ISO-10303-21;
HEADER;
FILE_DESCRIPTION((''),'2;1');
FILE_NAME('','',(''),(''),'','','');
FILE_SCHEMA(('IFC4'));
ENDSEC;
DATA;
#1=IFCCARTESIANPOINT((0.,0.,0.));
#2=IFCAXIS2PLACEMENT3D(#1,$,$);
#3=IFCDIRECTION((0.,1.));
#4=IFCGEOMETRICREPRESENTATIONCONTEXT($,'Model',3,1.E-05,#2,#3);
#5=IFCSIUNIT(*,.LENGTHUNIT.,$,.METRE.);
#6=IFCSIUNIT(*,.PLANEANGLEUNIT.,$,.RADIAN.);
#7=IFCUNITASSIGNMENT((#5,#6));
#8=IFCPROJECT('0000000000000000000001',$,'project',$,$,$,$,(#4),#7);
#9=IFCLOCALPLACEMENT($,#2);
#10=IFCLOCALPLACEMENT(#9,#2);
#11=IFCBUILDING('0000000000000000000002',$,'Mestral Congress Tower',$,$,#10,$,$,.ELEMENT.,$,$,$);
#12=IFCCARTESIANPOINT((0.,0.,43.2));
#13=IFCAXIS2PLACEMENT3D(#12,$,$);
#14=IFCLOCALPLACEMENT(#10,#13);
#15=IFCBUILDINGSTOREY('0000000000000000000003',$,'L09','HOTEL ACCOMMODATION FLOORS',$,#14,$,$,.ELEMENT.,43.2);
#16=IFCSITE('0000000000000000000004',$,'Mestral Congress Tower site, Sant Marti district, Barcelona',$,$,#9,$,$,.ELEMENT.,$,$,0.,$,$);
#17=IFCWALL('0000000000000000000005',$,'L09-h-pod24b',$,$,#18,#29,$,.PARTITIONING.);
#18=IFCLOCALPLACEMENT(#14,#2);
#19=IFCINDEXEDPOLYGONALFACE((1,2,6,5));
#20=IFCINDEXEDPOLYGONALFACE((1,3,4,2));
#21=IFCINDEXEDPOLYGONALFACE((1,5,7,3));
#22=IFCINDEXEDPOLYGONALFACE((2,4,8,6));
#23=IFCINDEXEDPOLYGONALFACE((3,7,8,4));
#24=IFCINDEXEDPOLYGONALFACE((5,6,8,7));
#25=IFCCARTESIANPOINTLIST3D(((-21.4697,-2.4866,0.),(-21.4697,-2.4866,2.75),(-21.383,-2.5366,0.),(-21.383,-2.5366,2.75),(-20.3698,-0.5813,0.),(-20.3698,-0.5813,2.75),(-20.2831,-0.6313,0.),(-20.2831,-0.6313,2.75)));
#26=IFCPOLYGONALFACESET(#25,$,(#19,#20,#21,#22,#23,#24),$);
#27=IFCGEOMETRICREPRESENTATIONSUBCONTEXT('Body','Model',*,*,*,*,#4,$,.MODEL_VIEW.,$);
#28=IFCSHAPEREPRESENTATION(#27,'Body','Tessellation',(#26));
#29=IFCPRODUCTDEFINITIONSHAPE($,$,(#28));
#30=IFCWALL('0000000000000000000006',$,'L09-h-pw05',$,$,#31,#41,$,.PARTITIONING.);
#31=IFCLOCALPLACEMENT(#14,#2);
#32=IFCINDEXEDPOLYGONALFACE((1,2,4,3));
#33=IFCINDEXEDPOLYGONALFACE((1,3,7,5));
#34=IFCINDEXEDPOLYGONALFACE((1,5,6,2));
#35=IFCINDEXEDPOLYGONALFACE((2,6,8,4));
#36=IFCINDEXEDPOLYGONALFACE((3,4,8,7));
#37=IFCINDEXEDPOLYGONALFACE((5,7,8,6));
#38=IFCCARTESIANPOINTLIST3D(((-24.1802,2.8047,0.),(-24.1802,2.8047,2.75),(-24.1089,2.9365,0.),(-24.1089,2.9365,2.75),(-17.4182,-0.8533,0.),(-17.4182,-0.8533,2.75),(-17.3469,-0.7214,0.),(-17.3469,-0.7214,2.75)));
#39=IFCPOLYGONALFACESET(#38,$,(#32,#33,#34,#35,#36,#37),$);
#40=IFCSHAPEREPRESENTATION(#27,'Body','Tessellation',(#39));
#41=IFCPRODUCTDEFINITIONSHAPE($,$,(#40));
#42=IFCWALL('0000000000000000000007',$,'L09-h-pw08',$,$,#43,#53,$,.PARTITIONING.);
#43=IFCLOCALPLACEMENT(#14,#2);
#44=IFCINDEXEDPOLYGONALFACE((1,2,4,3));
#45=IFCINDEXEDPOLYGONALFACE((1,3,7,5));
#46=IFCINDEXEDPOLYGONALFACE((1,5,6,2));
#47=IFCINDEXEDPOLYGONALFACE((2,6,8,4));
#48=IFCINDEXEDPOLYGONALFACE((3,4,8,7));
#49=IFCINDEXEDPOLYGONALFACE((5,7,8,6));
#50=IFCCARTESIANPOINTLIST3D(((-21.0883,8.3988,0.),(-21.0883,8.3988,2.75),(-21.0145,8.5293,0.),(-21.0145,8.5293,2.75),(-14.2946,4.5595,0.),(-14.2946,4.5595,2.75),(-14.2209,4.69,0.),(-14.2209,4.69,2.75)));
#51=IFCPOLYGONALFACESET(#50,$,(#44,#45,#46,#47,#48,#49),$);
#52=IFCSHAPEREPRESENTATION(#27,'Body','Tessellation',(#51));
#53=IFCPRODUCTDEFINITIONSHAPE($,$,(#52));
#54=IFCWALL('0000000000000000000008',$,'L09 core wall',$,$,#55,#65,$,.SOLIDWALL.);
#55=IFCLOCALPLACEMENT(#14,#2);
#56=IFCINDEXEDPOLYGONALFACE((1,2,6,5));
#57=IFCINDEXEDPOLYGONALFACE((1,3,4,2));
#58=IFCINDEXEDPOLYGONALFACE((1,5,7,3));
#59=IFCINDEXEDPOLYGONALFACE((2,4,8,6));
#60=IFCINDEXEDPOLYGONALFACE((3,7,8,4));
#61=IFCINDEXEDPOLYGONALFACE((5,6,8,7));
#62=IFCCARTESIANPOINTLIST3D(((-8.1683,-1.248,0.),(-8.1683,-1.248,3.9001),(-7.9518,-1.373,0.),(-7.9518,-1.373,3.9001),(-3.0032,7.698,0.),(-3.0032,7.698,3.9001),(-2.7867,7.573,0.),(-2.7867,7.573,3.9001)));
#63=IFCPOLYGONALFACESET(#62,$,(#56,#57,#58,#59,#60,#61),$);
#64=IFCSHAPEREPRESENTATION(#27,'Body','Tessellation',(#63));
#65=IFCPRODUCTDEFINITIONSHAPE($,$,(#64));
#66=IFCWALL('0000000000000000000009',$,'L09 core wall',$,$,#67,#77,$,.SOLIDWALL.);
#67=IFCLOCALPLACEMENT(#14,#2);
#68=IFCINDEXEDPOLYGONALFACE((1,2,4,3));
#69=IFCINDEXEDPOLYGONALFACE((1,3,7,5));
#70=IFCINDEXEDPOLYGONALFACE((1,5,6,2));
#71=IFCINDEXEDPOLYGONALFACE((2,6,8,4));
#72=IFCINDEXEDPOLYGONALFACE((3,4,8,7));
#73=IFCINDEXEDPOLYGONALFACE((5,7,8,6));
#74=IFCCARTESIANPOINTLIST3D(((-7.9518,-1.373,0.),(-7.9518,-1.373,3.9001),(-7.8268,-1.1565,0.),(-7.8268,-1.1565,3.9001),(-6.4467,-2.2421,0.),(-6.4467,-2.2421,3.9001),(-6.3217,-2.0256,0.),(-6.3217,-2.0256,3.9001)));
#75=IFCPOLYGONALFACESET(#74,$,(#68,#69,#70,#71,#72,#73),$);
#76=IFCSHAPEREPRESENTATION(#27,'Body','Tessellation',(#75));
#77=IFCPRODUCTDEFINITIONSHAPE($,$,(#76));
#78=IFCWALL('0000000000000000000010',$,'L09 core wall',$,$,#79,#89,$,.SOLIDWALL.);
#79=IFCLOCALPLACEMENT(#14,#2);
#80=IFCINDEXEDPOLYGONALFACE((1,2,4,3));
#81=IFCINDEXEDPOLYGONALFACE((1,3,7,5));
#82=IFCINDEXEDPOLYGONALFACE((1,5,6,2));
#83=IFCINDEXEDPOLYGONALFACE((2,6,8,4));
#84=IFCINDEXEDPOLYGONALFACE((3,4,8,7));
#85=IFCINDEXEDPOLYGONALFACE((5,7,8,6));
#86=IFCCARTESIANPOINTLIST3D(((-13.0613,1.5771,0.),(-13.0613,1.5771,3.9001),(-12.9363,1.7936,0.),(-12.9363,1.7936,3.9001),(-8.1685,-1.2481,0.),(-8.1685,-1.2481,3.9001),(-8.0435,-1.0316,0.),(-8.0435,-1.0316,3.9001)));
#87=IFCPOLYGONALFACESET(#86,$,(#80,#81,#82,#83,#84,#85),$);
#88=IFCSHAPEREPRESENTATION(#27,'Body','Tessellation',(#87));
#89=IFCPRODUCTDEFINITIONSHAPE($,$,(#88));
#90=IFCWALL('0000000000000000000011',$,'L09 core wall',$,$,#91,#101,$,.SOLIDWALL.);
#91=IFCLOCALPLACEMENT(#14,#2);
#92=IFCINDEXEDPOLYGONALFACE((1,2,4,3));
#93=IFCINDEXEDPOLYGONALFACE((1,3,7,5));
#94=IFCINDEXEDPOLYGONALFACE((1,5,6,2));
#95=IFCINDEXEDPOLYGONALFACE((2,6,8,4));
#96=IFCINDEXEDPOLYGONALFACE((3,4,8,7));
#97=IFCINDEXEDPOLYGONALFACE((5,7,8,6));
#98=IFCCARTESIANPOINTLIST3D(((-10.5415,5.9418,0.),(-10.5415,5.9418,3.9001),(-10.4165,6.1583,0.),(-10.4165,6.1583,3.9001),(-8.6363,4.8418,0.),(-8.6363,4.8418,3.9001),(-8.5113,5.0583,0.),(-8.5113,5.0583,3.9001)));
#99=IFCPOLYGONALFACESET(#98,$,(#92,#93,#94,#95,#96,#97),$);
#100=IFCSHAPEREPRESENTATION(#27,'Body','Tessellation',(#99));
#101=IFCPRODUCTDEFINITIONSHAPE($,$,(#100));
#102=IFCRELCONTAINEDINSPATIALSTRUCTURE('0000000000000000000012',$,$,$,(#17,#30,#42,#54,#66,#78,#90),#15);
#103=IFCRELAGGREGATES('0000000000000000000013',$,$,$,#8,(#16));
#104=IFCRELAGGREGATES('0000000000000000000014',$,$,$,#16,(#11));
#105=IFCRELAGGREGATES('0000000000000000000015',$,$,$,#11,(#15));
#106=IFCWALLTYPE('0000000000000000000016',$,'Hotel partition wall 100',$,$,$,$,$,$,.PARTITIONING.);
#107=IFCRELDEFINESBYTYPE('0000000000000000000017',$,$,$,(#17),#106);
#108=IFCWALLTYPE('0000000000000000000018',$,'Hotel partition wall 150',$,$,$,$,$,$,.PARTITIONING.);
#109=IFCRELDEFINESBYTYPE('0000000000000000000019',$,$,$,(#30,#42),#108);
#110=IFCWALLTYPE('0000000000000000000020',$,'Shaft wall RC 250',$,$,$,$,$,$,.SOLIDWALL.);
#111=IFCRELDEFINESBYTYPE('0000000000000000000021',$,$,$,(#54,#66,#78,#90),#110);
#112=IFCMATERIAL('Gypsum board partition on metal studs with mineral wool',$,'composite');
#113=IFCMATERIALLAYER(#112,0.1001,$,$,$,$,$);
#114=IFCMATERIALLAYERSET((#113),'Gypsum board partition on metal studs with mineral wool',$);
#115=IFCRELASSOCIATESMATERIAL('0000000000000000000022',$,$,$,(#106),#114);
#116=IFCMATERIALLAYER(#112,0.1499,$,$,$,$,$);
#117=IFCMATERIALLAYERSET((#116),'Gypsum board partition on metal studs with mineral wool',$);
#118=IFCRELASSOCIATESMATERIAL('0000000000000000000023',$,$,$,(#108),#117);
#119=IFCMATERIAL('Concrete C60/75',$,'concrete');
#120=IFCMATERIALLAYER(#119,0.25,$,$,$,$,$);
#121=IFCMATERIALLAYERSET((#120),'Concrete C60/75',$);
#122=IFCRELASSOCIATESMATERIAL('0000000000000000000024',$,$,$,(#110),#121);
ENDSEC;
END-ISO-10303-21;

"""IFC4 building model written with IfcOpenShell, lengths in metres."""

from ifc_helpers import new_model, si_unit, direction, frame, frame_2d, origin, place, context, subcontext, project, spatial, rectangle, extrude, material, layer, layer_set, type_object, element, save


model = new_model("IFC4")

# Units and contexts
model_context = context("Model", 3, precision=1e-05, world=origin(), true_north=direction((0.0, 1.0)))
body_context = subcontext(model_context, "Body", "Model", "MODEL_VIEW")
ifc_project = project(units=[si_unit("LENGTHUNIT", "METRE"), si_unit("PLANEANGLEUNIT", "RADIAN")], contexts=[model_context])

# Site, building, storey
site_placement = place(None, origin())
site = spatial("IfcSite", under=ifc_project, at=site_placement, Name="Mestral Congress Tower site, Sant Marti district, Barcelona", CompositionType="ELEMENT", RefElevation=0.0)
building_placement = place(site_placement, origin())
building = spatial("IfcBuilding", under=site, at=building_placement, Name="Mestral Congress Tower", CompositionType="ELEMENT")
storey_placement = place(building_placement, frame((0.0, 0.0, 43.2)))
storey = spatial("IfcBuildingStorey", under=building, at=storey_placement, Name="L09", Description="HOTEL ACCOMMODATION FLOORS", CompositionType="ELEMENT", Elevation=43.2)

# Shared definitions
ifc_material_1 = material(Name="Concrete C60/75", Category="concrete")

# Shared definitions
ifc_material_2 = material(Name="Gypsum board partition on metal studs with mineral wool", Category="composite")
ifc_layer_1 = layer(ifc_material_2, 0.1001)
ifc_layer_set_1 = layer_set([ifc_layer_1], Name="Gypsum board partition on metal studs with mineral wool")
wall_type_1 = type_object("IfcWallType", Name="Hotel partition wall 100", PredefinedType="PARTITIONING", material=ifc_layer_set_1)

# Walls
wall_1_placement = place(storey_placement, frame((-20.3264, -0.6062, 0.0), z_axis=(0.0, 0.0, 1.0), x_axis=(-0.499947, -0.866056, 0.0)))
element("IfcWall", 1, at=wall_1_placement, inside=storey, type_object=wall_type_1, Name="L09-h-pod24b", PredefinedType="PARTITIONING", context=body_context, shape_type="SweptSolid", body=[
    extrude(rectangle(XDim=2.2, YDim=0.1001, at=frame_2d((1.1001, 0.0))), origin(), (0.0, 0.0, 1.0), 2.75),
])
ifc_layer_2 = layer(ifc_material_2, 0.1499)
ifc_layer_set_2 = layer_set([ifc_layer_2], Name="Gypsum board partition on metal studs with mineral wool")
wall_type_2 = type_object("IfcWallType", Name="Hotel partition wall 150", PredefinedType="PARTITIONING", material=ifc_layer_set_2)
wall_2_placement = place(storey_placement, frame((-24.1445, 2.8706, 0.0), z_axis=(0.0, 0.0, 1.0), x_axis=(0.879552, -0.475803, 0.0)))
element("IfcWall", 2, at=wall_2_placement, inside=storey, type_object=wall_type_2, Name="L09-h-pw05", PredefinedType="PARTITIONING", context=body_context, shape_type="SweptSolid", body=[
    extrude(rectangle(XDim=7.688, YDim=0.1499, at=frame_2d((3.844, 0.0))), origin(), (0.0, 0.0, 1.0), 2.75),
])
wall_3_placement = place(storey_placement, frame((-21.0515, 8.4641, 0.0), z_axis=(0.0, 0.0, 1.0), x_axis=(0.870594, -0.492003, 0.0)))
element("IfcWall", 3, at=wall_3_placement, inside=storey, type_object=wall_type_2, Name="L09-h-pw08", PredefinedType="PARTITIONING", context=body_context, shape_type="SweptSolid", body=[
    extrude(rectangle(XDim=7.8035, YDim=0.1499, at=frame_2d((3.9019, 0.0))), origin(), (0.0, 0.0, 1.0), 2.75),
])
ifc_layer_3 = layer(ifc_material_1, 0.25)
ifc_layer_set_3 = layer_set([ifc_layer_3], Name="Concrete C60/75")
wall_type_3 = type_object("IfcWallType", Name="Shaft wall RC 250", PredefinedType="SOLIDWALL", material=ifc_layer_set_3)
wall_4_placement = place(storey_placement, frame((-8.0601, -1.3105, 0.0), z_axis=(0.0, 0.0, 1.0), x_axis=(0.500003, 0.866024, 0.0)))
element("IfcWall", 4, at=wall_4_placement, inside=storey, type_object=wall_type_3, Name="L09 core wall", PredefinedType="SOLIDWALL", context=body_context, shape_type="SweptSolid", body=[
    extrude(rectangle(XDim=10.3301, YDim=0.25, at=frame_2d((5.165, 0.0))), origin(), (0.0, 0.0, 1.0), 3.9001),
])
wall_5_placement = place(storey_placement, frame((-7.8894, -1.2646, 0.0), z_axis=(0.0, 0.0, 1.0), x_axis=(0.865987, -0.500067, 0.0)))
element("IfcWall", 5, at=wall_5_placement, inside=storey, type_object=wall_type_3, Name="L09 core wall", PredefinedType="SOLIDWALL", context=body_context, shape_type="SweptSolid", body=[
    extrude(rectangle(XDim=1.738, YDim=0.25, at=frame_2d((0.8691, 0.0))), origin(), (0.0, 0.0, 1.0), 3.9001),
])
wall_6_placement = place(storey_placement, frame((-8.106, -1.1399, 0.0), z_axis=(0.0, 0.0, 1.0), x_axis=(-0.866001, 0.500043, 0.0)))
element("IfcWall", 6, at=wall_6_placement, inside=storey, type_object=wall_type_3, Name="L09 core wall", PredefinedType="SOLIDWALL", context=body_context, shape_type="SweptSolid", body=[
    extrude(rectangle(XDim=5.6499, YDim=0.25, at=frame_2d((2.825, 0.0))), origin(), (0.0, 0.0, 1.0), 3.9001),
])
wall_7_placement = place(storey_placement, frame((-8.5737, 4.95, 0.0), z_axis=(0.0, 0.0, 1.0), x_axis=(-0.866008, 0.50003, 0.0)))
element("IfcWall", 7, at=wall_7_placement, inside=storey, type_object=wall_type_3, Name="L09 core wall", PredefinedType="SOLIDWALL", context=body_context, shape_type="SweptSolid", body=[
    extrude(rectangle(XDim=2.2, YDim=0.25, at=frame_2d((1.1001, 0.0))), origin(), (0.0, 0.0, 1.0), 3.9001),
])

save(model, "model.ifc")
